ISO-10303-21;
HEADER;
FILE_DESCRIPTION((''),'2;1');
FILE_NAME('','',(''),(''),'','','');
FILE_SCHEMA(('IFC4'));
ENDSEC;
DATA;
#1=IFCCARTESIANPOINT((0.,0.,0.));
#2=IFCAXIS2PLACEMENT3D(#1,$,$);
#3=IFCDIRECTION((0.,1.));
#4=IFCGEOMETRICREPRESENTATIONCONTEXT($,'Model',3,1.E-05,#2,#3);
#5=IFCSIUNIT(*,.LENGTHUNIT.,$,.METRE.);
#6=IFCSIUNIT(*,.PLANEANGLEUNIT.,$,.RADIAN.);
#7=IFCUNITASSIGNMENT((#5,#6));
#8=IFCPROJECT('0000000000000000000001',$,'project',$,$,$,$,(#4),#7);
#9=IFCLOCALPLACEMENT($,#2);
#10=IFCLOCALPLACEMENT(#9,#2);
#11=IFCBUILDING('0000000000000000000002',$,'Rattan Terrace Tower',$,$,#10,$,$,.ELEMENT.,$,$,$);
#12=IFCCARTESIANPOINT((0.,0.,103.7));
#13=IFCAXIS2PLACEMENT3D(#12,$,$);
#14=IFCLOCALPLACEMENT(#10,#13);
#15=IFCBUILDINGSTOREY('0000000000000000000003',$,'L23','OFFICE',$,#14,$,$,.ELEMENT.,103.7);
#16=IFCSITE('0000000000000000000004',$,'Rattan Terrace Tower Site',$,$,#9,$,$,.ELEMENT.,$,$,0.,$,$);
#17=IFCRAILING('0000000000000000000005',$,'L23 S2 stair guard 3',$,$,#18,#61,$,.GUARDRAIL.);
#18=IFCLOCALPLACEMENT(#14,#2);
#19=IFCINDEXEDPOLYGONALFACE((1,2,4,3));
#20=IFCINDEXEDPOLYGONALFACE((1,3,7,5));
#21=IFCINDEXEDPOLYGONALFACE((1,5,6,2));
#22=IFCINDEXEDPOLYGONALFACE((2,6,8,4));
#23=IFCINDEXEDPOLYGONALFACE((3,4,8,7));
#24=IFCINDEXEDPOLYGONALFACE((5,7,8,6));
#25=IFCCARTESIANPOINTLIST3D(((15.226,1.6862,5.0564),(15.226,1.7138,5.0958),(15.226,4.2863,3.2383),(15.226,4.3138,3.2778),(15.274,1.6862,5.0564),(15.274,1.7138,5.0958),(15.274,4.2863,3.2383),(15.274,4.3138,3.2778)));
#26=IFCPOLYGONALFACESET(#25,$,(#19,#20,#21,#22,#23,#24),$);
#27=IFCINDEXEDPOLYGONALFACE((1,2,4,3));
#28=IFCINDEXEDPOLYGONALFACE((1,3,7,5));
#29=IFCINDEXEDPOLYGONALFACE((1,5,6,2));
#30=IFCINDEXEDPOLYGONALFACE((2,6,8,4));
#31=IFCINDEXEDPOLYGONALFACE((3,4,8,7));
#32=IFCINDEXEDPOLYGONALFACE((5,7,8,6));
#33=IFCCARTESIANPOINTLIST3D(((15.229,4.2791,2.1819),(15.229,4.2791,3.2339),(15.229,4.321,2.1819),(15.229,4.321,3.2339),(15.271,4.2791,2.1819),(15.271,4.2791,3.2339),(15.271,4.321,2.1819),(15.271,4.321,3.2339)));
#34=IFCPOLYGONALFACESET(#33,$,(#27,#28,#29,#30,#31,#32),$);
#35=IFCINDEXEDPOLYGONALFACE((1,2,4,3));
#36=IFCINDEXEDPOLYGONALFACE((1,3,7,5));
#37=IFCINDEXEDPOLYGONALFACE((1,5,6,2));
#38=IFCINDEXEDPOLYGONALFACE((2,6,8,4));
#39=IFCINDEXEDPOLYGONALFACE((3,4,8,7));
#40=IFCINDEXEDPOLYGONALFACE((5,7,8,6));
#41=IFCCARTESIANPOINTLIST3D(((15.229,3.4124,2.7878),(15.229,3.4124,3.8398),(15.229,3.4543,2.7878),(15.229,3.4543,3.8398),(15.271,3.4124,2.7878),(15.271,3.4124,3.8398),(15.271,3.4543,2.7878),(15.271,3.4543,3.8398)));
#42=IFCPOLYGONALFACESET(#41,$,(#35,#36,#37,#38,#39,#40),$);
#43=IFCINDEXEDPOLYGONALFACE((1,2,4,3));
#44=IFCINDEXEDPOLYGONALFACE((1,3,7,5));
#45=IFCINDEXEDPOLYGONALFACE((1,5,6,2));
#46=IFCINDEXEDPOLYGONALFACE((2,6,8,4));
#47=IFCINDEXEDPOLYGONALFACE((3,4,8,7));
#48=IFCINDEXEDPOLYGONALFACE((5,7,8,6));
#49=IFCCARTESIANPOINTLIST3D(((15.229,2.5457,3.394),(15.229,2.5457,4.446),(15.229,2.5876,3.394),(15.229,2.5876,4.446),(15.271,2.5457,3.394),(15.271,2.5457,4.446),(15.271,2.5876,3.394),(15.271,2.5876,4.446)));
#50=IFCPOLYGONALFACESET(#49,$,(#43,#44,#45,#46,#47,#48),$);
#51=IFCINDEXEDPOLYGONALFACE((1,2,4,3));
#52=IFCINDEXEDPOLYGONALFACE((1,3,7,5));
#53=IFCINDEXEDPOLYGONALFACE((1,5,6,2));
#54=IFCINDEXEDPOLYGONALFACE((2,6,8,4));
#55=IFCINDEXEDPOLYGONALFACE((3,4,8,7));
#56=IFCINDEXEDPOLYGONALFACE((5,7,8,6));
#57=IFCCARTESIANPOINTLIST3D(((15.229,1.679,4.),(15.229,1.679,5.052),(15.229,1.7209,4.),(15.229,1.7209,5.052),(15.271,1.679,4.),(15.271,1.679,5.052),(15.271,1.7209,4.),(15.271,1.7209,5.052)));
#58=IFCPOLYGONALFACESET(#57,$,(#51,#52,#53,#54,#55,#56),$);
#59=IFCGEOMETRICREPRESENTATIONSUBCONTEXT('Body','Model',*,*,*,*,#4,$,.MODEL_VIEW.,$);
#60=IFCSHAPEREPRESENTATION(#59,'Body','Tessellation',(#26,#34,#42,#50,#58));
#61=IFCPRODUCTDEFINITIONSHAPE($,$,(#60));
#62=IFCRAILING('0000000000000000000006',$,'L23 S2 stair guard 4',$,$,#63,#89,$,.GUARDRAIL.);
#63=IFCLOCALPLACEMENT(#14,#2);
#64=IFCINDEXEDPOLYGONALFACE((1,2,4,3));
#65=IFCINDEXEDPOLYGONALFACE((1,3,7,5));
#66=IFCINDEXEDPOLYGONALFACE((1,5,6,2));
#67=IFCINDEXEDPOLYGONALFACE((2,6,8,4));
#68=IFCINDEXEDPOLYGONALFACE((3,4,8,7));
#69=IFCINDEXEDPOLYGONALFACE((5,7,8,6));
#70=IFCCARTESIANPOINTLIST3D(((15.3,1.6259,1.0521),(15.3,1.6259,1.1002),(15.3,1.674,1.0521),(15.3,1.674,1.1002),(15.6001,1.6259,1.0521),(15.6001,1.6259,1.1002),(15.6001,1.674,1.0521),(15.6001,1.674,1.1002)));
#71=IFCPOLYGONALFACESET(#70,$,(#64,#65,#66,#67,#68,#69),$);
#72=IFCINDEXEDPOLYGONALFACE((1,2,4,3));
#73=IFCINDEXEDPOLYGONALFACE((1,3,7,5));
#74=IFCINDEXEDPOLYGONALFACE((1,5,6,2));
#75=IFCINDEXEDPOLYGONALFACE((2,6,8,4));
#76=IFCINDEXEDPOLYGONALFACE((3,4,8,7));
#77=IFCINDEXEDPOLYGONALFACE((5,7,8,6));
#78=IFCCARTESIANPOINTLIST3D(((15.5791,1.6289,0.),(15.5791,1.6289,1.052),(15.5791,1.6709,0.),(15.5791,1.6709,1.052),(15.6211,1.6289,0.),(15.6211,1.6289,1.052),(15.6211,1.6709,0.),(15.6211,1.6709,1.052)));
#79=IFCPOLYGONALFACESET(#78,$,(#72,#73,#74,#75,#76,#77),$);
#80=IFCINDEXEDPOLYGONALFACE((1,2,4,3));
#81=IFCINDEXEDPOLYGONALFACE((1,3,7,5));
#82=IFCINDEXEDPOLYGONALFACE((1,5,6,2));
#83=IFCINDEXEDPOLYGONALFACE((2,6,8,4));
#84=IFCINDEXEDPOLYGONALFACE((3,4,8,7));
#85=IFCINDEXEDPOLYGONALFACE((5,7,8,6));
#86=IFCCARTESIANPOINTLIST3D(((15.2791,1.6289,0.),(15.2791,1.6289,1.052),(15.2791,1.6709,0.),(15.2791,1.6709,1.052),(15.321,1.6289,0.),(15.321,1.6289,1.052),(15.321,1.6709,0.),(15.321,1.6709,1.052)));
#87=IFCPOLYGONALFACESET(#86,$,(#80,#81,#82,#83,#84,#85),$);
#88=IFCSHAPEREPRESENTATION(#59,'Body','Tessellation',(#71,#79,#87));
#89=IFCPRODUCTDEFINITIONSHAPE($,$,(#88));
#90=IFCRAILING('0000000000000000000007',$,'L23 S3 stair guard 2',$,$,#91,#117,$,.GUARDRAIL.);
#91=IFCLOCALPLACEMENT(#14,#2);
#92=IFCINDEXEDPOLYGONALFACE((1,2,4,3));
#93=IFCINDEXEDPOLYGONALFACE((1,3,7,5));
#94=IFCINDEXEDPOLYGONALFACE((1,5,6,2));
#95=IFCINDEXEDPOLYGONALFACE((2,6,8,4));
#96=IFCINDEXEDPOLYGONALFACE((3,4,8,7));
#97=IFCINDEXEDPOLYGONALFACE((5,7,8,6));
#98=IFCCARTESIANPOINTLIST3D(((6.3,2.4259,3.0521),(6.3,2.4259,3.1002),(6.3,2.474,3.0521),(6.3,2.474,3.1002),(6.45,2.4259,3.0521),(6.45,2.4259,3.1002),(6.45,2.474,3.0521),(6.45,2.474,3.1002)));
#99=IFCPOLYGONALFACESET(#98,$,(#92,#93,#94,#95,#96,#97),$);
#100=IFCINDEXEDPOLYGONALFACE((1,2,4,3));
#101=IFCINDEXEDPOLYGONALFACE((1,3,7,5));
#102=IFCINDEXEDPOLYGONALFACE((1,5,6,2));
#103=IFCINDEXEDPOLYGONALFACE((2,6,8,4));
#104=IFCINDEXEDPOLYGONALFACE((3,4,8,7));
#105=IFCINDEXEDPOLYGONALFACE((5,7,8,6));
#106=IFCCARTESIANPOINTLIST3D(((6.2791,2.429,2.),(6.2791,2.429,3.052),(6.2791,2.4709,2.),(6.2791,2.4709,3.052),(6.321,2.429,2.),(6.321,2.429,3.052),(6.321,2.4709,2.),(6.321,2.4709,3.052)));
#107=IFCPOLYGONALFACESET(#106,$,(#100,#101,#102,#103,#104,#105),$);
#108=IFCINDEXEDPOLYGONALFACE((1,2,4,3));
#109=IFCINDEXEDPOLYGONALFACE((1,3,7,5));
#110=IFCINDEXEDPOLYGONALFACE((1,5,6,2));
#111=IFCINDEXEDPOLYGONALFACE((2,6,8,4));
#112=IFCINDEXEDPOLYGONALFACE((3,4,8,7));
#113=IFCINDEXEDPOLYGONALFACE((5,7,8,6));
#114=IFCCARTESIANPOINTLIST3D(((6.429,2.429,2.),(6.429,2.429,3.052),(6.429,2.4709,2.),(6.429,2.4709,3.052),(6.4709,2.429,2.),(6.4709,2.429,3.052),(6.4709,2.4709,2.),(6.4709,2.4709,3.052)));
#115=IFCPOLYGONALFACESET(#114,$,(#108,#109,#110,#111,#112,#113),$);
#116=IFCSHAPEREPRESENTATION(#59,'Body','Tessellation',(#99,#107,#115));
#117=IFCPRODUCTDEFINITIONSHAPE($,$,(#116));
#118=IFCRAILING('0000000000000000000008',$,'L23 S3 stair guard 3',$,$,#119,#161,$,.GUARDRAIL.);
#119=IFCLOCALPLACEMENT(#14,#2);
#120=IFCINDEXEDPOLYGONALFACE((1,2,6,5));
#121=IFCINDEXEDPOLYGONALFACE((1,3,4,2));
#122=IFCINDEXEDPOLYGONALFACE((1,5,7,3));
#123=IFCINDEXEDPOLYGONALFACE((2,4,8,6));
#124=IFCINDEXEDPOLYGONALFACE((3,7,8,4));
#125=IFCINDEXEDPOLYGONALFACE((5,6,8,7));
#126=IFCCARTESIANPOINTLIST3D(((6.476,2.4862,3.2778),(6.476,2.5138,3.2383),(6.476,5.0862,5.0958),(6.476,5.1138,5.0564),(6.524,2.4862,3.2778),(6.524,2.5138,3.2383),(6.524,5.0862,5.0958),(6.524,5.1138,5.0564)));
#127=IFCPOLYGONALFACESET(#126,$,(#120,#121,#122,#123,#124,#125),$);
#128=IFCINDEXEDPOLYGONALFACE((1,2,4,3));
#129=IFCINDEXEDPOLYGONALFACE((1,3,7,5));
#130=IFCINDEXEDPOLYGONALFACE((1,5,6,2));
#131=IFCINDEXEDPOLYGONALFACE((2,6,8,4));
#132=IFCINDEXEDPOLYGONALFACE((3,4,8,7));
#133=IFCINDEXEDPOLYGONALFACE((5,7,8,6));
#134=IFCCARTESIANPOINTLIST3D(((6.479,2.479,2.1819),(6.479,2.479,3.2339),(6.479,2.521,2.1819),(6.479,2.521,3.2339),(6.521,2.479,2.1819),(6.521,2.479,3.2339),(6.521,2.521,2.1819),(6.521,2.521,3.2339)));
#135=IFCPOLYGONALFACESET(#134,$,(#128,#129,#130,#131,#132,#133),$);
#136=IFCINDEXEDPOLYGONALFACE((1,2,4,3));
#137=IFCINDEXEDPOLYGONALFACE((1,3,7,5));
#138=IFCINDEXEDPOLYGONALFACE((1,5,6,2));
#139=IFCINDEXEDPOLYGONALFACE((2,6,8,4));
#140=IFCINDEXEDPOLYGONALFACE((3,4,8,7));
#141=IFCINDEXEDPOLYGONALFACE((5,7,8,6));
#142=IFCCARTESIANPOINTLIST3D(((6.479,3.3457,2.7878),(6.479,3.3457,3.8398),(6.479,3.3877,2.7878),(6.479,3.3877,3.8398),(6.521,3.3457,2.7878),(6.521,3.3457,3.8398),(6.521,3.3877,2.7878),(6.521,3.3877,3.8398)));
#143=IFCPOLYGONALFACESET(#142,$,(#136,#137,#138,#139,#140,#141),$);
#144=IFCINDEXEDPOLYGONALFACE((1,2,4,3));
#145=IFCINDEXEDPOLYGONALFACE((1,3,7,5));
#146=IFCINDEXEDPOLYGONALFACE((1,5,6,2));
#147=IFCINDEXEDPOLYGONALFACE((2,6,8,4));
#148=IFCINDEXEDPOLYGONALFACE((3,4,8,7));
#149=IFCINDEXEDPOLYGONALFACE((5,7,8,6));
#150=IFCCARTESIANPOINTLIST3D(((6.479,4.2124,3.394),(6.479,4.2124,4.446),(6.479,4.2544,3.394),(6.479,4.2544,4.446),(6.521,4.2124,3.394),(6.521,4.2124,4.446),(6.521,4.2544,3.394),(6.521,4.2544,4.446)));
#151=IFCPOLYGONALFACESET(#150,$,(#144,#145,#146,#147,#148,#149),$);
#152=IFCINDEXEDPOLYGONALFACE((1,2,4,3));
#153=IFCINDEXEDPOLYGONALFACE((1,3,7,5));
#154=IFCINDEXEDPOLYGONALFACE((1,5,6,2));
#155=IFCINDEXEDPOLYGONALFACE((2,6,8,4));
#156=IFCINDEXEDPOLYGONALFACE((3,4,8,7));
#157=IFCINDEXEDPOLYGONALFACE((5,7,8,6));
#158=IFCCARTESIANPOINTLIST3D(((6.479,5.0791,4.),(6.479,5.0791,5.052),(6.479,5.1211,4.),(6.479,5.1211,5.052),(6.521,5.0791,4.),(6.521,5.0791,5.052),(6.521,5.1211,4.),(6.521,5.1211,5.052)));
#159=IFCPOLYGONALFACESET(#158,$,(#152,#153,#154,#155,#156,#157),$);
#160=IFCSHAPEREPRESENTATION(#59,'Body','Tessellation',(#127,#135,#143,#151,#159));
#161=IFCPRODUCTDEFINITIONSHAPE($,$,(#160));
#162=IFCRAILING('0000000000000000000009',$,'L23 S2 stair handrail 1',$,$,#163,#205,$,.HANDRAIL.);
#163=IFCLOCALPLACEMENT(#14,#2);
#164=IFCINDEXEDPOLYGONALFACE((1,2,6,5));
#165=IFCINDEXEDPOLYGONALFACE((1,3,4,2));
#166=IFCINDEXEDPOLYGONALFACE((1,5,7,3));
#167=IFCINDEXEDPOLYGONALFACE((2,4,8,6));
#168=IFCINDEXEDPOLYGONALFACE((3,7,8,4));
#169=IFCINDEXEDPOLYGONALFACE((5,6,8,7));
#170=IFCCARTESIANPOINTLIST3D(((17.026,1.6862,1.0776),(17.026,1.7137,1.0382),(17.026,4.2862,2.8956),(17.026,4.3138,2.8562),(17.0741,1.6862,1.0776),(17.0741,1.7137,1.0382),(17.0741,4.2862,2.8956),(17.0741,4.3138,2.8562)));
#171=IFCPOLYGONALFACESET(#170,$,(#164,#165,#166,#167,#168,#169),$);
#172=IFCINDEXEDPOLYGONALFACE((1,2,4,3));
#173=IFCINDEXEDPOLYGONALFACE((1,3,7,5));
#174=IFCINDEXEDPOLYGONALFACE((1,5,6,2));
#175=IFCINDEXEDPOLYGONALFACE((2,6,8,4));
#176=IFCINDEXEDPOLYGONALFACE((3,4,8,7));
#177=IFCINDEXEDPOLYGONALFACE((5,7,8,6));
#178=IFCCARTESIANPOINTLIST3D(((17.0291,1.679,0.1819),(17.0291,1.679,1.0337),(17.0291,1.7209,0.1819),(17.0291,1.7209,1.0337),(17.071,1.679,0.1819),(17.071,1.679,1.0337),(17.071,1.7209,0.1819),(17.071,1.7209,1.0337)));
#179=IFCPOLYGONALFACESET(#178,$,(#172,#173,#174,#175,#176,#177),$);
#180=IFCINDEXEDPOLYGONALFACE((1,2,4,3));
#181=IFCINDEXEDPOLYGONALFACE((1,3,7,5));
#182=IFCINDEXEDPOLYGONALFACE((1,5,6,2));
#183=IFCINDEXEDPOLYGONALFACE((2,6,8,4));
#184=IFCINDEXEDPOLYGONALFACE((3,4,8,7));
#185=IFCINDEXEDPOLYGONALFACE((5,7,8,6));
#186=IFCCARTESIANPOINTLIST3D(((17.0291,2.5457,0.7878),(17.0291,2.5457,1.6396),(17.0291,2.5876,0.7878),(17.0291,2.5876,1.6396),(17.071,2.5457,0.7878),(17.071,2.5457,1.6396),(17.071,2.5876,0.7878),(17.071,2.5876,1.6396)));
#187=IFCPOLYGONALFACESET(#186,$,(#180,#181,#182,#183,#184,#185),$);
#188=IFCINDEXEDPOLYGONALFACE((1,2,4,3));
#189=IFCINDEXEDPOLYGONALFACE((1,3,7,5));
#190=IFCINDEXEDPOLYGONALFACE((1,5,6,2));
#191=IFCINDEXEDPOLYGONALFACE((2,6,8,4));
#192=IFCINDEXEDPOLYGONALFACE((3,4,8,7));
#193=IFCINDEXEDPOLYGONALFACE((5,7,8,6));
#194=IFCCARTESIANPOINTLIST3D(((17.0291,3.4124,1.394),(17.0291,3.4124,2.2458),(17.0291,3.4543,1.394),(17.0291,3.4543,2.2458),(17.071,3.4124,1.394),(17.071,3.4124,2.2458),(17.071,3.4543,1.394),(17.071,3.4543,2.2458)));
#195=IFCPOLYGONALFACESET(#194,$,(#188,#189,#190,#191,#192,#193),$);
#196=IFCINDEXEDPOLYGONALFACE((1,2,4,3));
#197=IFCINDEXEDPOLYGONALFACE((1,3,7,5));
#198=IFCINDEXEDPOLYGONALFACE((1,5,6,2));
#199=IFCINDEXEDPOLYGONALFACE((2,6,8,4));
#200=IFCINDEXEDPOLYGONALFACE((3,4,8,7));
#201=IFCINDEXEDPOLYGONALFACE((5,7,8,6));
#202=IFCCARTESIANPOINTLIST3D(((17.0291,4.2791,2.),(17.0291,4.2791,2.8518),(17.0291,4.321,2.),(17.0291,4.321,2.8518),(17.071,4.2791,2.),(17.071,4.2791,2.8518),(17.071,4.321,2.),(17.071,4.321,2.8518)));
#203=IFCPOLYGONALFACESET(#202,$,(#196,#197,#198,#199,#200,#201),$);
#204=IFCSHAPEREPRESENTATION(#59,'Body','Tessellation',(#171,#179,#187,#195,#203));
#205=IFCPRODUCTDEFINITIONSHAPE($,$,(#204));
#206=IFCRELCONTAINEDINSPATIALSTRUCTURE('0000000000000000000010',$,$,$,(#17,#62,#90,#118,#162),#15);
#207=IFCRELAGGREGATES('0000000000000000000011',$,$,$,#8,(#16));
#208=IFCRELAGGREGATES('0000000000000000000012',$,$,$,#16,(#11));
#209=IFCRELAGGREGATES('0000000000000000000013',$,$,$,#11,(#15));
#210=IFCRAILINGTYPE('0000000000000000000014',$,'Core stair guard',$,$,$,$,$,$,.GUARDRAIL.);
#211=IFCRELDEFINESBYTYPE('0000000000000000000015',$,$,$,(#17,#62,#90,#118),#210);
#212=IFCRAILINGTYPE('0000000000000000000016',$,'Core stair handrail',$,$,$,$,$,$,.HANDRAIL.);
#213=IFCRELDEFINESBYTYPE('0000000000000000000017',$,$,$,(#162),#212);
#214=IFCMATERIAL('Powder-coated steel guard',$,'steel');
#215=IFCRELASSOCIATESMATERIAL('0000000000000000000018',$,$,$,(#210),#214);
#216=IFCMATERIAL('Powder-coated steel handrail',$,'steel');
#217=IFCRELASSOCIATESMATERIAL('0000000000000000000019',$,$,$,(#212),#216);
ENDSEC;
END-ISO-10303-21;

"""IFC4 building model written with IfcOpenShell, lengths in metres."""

from ifc_helpers import new_model, si_unit, direction, frame, origin, origin_2d, place, context, subcontext, project, spatial, rectangle, extrude, material, type_object, element, save


model = new_model("IFC4")

# Units and contexts
model_context = context("Model", 3, precision=1e-05, world=origin(), true_north=direction((0.0, 1.0)))
body_context = subcontext(model_context, "Body", "Model", "MODEL_VIEW")
ifc_project = project(units=[si_unit("LENGTHUNIT", "METRE"), si_unit("PLANEANGLEUNIT", "RADIAN")], contexts=[model_context])

# Site, building, storey
site_placement = place(None, origin())
site = spatial("IfcSite", under=ifc_project, at=site_placement, Name="Rattan Terrace Tower Site", CompositionType="ELEMENT", RefElevation=0.0)
building_placement = place(site_placement, origin())
building = spatial("IfcBuilding", under=site, at=building_placement, Name="Rattan Terrace Tower", CompositionType="ELEMENT")
storey_placement = place(building_placement, frame((0.0, 0.0, 103.7)))
storey = spatial("IfcBuildingStorey", under=building, at=storey_placement, Name="L23", Description="OFFICE", CompositionType="ELEMENT", Elevation=103.7)

# Railings
ifc_material_1 = material(Name="Powder-coated steel guard", Category="steel")
railing_type_1 = type_object("IfcRailingType", Name="Core stair guard", PredefinedType="GUARDRAIL", material=ifc_material_1)
railing_1_placement = place(storey_placement, frame((15.25, 4.3, 2.1819)))
element("IfcRailing", 1, at=railing_1_placement, inside=storey, type_object=railing_type_1, Name="L23 S2 stair guard 3", PredefinedType="GUARDRAIL", context=body_context, shape_type="SweptSolid", body=[
    extrude(rectangle(XDim=0.0481, YDim=0.0481, at=origin_2d()), frame((0.0, 0.0, 1.0762), z_axis=(0.0, -0.819521, 0.573049), x_axis=(1.0, 0.0, 0.0)), (0.0, 0.0, 1.0), 3.1726),
    extrude(rectangle(XDim=0.042, YDim=0.042, at=origin_2d()), origin(), (0.0, 0.0, 1.0), 1.052),
    extrude(rectangle(XDim=0.042, YDim=0.042, at=origin_2d()), frame((0.0, -0.8667, 0.606)), (0.0, 0.0, 1.0), 1.052),
    extrude(rectangle(XDim=0.042, YDim=0.042, at=origin_2d()), frame((0.0, -1.7334, 1.2122)), (0.0, 0.0, 1.0), 1.052),
    extrude(rectangle(XDim=0.042, YDim=0.042, at=origin_2d()), frame((0.0, -2.6001, 1.8181)), (0.0, 0.0, 1.0), 1.052),
])
railing_2_placement = place(storey_placement, frame((15.6001, 1.6499, 0.0)))
element("IfcRailing", 2, at=railing_2_placement, inside=storey, type_object=railing_type_1, Name="L23 S2 stair guard 4", PredefinedType="GUARDRAIL", context=body_context, shape_type="SweptSolid", body=[
    extrude(rectangle(XDim=0.0481, YDim=0.0481, at=origin_2d()), frame((0.0, 0.0, 1.0762), z_axis=(-1.0, 0.0, 0.0), x_axis=(0.0, -1.0, 0.0)), (0.0, 0.0, 1.0), 0.3),
    extrude(rectangle(XDim=0.042, YDim=0.042, at=origin_2d()), origin(), (0.0, 0.0, 1.0), 1.052),
    extrude(rectangle(XDim=0.042, YDim=0.042, at=origin_2d()), frame((-0.3, 0.0, 0.0)), (0.0, 0.0, 1.0), 1.052),
])
railing_3_placement = place(storey_placement, frame((6.3, 2.45, 2.0)))
element("IfcRailing", 3, at=railing_3_placement, inside=storey, type_object=railing_type_1, Name="L23 S3 stair guard 2", PredefinedType="GUARDRAIL", context=body_context, shape_type="SweptSolid", body=[
    extrude(rectangle(XDim=0.0481, YDim=0.0481, at=origin_2d()), frame((0.0, 0.0, 1.0762), z_axis=(1.0, 0.0, 0.0), x_axis=(0.0, 1.0, 0.0)), (0.0, 0.0, 1.0), 0.1499),
    extrude(rectangle(XDim=0.042, YDim=0.042, at=origin_2d()), origin(), (0.0, 0.0, 1.0), 1.052),
    extrude(rectangle(XDim=0.042, YDim=0.042, at=origin_2d()), frame((0.1499, 0.0, 0.0)), (0.0, 0.0, 1.0), 1.052),
])
railing_4_placement = place(storey_placement, frame((6.5, 2.5, 2.1819)))
element("IfcRailing", 4, at=railing_4_placement, inside=storey, type_object=railing_type_1, Name="L23 S3 stair guard 3", PredefinedType="GUARDRAIL", context=body_context, shape_type="SweptSolid", body=[
    extrude(rectangle(XDim=0.0481, YDim=0.0481, at=origin_2d()), frame((0.0, 0.0, 1.0762), z_axis=(0.0, 0.819521, 0.573049), x_axis=(-1.0, 0.0, 0.0)), (0.0, 0.0, 1.0), 3.1726),
    extrude(rectangle(XDim=0.042, YDim=0.042, at=origin_2d()), origin(), (0.0, 0.0, 1.0), 1.052),
    extrude(rectangle(XDim=0.042, YDim=0.042, at=origin_2d()), frame((0.0, 0.8667, 0.606)), (0.0, 0.0, 1.0), 1.052),
    extrude(rectangle(XDim=0.042, YDim=0.042, at=origin_2d()), frame((0.0, 1.7334, 1.2122)), (0.0, 0.0, 1.0), 1.052),
    extrude(rectangle(XDim=0.042, YDim=0.042, at=origin_2d()), frame((0.0, 2.6001, 1.8181)), (0.0, 0.0, 1.0), 1.052),
])
ifc_material_2 = material(Name="Powder-coated steel handrail", Category="steel")
railing_type_2 = type_object("IfcRailingType", Name="Core stair handrail", PredefinedType="HANDRAIL", material=ifc_material_2)
railing_5_placement = place(storey_placement, frame((17.05, 1.7, 0.1819)))
element("IfcRailing", 5, at=railing_5_placement, inside=storey, type_object=railing_type_2, Name="L23 S2 stair handrail 1", PredefinedType="HANDRAIL", context=body_context, shape_type="SweptSolid", body=[
    extrude(rectangle(XDim=0.0481, YDim=0.0481, at=origin_2d()), frame((0.0, 0.0, 0.876), z_axis=(0.0, 0.819521, 0.573049), x_axis=(-1.0, 0.0, 0.0)), (0.0, 0.0, 1.0), 3.1726),
    extrude(rectangle(XDim=0.042, YDim=0.042, at=origin_2d()), origin(), (0.0, 0.0, 1.0), 0.8518),
    extrude(rectangle(XDim=0.042, YDim=0.042, at=origin_2d()), frame((0.0, 0.8667, 0.606)), (0.0, 0.0, 1.0), 0.8518),
    extrude(rectangle(XDim=0.042, YDim=0.042, at=origin_2d()), frame((0.0, 1.7334, 1.2122)), (0.0, 0.0, 1.0), 0.8518),
    extrude(rectangle(XDim=0.042, YDim=0.042, at=origin_2d()), frame((0.0, 2.6001, 1.8181)), (0.0, 0.0, 1.0), 0.8518),
])

save(model, "model.ifc")
